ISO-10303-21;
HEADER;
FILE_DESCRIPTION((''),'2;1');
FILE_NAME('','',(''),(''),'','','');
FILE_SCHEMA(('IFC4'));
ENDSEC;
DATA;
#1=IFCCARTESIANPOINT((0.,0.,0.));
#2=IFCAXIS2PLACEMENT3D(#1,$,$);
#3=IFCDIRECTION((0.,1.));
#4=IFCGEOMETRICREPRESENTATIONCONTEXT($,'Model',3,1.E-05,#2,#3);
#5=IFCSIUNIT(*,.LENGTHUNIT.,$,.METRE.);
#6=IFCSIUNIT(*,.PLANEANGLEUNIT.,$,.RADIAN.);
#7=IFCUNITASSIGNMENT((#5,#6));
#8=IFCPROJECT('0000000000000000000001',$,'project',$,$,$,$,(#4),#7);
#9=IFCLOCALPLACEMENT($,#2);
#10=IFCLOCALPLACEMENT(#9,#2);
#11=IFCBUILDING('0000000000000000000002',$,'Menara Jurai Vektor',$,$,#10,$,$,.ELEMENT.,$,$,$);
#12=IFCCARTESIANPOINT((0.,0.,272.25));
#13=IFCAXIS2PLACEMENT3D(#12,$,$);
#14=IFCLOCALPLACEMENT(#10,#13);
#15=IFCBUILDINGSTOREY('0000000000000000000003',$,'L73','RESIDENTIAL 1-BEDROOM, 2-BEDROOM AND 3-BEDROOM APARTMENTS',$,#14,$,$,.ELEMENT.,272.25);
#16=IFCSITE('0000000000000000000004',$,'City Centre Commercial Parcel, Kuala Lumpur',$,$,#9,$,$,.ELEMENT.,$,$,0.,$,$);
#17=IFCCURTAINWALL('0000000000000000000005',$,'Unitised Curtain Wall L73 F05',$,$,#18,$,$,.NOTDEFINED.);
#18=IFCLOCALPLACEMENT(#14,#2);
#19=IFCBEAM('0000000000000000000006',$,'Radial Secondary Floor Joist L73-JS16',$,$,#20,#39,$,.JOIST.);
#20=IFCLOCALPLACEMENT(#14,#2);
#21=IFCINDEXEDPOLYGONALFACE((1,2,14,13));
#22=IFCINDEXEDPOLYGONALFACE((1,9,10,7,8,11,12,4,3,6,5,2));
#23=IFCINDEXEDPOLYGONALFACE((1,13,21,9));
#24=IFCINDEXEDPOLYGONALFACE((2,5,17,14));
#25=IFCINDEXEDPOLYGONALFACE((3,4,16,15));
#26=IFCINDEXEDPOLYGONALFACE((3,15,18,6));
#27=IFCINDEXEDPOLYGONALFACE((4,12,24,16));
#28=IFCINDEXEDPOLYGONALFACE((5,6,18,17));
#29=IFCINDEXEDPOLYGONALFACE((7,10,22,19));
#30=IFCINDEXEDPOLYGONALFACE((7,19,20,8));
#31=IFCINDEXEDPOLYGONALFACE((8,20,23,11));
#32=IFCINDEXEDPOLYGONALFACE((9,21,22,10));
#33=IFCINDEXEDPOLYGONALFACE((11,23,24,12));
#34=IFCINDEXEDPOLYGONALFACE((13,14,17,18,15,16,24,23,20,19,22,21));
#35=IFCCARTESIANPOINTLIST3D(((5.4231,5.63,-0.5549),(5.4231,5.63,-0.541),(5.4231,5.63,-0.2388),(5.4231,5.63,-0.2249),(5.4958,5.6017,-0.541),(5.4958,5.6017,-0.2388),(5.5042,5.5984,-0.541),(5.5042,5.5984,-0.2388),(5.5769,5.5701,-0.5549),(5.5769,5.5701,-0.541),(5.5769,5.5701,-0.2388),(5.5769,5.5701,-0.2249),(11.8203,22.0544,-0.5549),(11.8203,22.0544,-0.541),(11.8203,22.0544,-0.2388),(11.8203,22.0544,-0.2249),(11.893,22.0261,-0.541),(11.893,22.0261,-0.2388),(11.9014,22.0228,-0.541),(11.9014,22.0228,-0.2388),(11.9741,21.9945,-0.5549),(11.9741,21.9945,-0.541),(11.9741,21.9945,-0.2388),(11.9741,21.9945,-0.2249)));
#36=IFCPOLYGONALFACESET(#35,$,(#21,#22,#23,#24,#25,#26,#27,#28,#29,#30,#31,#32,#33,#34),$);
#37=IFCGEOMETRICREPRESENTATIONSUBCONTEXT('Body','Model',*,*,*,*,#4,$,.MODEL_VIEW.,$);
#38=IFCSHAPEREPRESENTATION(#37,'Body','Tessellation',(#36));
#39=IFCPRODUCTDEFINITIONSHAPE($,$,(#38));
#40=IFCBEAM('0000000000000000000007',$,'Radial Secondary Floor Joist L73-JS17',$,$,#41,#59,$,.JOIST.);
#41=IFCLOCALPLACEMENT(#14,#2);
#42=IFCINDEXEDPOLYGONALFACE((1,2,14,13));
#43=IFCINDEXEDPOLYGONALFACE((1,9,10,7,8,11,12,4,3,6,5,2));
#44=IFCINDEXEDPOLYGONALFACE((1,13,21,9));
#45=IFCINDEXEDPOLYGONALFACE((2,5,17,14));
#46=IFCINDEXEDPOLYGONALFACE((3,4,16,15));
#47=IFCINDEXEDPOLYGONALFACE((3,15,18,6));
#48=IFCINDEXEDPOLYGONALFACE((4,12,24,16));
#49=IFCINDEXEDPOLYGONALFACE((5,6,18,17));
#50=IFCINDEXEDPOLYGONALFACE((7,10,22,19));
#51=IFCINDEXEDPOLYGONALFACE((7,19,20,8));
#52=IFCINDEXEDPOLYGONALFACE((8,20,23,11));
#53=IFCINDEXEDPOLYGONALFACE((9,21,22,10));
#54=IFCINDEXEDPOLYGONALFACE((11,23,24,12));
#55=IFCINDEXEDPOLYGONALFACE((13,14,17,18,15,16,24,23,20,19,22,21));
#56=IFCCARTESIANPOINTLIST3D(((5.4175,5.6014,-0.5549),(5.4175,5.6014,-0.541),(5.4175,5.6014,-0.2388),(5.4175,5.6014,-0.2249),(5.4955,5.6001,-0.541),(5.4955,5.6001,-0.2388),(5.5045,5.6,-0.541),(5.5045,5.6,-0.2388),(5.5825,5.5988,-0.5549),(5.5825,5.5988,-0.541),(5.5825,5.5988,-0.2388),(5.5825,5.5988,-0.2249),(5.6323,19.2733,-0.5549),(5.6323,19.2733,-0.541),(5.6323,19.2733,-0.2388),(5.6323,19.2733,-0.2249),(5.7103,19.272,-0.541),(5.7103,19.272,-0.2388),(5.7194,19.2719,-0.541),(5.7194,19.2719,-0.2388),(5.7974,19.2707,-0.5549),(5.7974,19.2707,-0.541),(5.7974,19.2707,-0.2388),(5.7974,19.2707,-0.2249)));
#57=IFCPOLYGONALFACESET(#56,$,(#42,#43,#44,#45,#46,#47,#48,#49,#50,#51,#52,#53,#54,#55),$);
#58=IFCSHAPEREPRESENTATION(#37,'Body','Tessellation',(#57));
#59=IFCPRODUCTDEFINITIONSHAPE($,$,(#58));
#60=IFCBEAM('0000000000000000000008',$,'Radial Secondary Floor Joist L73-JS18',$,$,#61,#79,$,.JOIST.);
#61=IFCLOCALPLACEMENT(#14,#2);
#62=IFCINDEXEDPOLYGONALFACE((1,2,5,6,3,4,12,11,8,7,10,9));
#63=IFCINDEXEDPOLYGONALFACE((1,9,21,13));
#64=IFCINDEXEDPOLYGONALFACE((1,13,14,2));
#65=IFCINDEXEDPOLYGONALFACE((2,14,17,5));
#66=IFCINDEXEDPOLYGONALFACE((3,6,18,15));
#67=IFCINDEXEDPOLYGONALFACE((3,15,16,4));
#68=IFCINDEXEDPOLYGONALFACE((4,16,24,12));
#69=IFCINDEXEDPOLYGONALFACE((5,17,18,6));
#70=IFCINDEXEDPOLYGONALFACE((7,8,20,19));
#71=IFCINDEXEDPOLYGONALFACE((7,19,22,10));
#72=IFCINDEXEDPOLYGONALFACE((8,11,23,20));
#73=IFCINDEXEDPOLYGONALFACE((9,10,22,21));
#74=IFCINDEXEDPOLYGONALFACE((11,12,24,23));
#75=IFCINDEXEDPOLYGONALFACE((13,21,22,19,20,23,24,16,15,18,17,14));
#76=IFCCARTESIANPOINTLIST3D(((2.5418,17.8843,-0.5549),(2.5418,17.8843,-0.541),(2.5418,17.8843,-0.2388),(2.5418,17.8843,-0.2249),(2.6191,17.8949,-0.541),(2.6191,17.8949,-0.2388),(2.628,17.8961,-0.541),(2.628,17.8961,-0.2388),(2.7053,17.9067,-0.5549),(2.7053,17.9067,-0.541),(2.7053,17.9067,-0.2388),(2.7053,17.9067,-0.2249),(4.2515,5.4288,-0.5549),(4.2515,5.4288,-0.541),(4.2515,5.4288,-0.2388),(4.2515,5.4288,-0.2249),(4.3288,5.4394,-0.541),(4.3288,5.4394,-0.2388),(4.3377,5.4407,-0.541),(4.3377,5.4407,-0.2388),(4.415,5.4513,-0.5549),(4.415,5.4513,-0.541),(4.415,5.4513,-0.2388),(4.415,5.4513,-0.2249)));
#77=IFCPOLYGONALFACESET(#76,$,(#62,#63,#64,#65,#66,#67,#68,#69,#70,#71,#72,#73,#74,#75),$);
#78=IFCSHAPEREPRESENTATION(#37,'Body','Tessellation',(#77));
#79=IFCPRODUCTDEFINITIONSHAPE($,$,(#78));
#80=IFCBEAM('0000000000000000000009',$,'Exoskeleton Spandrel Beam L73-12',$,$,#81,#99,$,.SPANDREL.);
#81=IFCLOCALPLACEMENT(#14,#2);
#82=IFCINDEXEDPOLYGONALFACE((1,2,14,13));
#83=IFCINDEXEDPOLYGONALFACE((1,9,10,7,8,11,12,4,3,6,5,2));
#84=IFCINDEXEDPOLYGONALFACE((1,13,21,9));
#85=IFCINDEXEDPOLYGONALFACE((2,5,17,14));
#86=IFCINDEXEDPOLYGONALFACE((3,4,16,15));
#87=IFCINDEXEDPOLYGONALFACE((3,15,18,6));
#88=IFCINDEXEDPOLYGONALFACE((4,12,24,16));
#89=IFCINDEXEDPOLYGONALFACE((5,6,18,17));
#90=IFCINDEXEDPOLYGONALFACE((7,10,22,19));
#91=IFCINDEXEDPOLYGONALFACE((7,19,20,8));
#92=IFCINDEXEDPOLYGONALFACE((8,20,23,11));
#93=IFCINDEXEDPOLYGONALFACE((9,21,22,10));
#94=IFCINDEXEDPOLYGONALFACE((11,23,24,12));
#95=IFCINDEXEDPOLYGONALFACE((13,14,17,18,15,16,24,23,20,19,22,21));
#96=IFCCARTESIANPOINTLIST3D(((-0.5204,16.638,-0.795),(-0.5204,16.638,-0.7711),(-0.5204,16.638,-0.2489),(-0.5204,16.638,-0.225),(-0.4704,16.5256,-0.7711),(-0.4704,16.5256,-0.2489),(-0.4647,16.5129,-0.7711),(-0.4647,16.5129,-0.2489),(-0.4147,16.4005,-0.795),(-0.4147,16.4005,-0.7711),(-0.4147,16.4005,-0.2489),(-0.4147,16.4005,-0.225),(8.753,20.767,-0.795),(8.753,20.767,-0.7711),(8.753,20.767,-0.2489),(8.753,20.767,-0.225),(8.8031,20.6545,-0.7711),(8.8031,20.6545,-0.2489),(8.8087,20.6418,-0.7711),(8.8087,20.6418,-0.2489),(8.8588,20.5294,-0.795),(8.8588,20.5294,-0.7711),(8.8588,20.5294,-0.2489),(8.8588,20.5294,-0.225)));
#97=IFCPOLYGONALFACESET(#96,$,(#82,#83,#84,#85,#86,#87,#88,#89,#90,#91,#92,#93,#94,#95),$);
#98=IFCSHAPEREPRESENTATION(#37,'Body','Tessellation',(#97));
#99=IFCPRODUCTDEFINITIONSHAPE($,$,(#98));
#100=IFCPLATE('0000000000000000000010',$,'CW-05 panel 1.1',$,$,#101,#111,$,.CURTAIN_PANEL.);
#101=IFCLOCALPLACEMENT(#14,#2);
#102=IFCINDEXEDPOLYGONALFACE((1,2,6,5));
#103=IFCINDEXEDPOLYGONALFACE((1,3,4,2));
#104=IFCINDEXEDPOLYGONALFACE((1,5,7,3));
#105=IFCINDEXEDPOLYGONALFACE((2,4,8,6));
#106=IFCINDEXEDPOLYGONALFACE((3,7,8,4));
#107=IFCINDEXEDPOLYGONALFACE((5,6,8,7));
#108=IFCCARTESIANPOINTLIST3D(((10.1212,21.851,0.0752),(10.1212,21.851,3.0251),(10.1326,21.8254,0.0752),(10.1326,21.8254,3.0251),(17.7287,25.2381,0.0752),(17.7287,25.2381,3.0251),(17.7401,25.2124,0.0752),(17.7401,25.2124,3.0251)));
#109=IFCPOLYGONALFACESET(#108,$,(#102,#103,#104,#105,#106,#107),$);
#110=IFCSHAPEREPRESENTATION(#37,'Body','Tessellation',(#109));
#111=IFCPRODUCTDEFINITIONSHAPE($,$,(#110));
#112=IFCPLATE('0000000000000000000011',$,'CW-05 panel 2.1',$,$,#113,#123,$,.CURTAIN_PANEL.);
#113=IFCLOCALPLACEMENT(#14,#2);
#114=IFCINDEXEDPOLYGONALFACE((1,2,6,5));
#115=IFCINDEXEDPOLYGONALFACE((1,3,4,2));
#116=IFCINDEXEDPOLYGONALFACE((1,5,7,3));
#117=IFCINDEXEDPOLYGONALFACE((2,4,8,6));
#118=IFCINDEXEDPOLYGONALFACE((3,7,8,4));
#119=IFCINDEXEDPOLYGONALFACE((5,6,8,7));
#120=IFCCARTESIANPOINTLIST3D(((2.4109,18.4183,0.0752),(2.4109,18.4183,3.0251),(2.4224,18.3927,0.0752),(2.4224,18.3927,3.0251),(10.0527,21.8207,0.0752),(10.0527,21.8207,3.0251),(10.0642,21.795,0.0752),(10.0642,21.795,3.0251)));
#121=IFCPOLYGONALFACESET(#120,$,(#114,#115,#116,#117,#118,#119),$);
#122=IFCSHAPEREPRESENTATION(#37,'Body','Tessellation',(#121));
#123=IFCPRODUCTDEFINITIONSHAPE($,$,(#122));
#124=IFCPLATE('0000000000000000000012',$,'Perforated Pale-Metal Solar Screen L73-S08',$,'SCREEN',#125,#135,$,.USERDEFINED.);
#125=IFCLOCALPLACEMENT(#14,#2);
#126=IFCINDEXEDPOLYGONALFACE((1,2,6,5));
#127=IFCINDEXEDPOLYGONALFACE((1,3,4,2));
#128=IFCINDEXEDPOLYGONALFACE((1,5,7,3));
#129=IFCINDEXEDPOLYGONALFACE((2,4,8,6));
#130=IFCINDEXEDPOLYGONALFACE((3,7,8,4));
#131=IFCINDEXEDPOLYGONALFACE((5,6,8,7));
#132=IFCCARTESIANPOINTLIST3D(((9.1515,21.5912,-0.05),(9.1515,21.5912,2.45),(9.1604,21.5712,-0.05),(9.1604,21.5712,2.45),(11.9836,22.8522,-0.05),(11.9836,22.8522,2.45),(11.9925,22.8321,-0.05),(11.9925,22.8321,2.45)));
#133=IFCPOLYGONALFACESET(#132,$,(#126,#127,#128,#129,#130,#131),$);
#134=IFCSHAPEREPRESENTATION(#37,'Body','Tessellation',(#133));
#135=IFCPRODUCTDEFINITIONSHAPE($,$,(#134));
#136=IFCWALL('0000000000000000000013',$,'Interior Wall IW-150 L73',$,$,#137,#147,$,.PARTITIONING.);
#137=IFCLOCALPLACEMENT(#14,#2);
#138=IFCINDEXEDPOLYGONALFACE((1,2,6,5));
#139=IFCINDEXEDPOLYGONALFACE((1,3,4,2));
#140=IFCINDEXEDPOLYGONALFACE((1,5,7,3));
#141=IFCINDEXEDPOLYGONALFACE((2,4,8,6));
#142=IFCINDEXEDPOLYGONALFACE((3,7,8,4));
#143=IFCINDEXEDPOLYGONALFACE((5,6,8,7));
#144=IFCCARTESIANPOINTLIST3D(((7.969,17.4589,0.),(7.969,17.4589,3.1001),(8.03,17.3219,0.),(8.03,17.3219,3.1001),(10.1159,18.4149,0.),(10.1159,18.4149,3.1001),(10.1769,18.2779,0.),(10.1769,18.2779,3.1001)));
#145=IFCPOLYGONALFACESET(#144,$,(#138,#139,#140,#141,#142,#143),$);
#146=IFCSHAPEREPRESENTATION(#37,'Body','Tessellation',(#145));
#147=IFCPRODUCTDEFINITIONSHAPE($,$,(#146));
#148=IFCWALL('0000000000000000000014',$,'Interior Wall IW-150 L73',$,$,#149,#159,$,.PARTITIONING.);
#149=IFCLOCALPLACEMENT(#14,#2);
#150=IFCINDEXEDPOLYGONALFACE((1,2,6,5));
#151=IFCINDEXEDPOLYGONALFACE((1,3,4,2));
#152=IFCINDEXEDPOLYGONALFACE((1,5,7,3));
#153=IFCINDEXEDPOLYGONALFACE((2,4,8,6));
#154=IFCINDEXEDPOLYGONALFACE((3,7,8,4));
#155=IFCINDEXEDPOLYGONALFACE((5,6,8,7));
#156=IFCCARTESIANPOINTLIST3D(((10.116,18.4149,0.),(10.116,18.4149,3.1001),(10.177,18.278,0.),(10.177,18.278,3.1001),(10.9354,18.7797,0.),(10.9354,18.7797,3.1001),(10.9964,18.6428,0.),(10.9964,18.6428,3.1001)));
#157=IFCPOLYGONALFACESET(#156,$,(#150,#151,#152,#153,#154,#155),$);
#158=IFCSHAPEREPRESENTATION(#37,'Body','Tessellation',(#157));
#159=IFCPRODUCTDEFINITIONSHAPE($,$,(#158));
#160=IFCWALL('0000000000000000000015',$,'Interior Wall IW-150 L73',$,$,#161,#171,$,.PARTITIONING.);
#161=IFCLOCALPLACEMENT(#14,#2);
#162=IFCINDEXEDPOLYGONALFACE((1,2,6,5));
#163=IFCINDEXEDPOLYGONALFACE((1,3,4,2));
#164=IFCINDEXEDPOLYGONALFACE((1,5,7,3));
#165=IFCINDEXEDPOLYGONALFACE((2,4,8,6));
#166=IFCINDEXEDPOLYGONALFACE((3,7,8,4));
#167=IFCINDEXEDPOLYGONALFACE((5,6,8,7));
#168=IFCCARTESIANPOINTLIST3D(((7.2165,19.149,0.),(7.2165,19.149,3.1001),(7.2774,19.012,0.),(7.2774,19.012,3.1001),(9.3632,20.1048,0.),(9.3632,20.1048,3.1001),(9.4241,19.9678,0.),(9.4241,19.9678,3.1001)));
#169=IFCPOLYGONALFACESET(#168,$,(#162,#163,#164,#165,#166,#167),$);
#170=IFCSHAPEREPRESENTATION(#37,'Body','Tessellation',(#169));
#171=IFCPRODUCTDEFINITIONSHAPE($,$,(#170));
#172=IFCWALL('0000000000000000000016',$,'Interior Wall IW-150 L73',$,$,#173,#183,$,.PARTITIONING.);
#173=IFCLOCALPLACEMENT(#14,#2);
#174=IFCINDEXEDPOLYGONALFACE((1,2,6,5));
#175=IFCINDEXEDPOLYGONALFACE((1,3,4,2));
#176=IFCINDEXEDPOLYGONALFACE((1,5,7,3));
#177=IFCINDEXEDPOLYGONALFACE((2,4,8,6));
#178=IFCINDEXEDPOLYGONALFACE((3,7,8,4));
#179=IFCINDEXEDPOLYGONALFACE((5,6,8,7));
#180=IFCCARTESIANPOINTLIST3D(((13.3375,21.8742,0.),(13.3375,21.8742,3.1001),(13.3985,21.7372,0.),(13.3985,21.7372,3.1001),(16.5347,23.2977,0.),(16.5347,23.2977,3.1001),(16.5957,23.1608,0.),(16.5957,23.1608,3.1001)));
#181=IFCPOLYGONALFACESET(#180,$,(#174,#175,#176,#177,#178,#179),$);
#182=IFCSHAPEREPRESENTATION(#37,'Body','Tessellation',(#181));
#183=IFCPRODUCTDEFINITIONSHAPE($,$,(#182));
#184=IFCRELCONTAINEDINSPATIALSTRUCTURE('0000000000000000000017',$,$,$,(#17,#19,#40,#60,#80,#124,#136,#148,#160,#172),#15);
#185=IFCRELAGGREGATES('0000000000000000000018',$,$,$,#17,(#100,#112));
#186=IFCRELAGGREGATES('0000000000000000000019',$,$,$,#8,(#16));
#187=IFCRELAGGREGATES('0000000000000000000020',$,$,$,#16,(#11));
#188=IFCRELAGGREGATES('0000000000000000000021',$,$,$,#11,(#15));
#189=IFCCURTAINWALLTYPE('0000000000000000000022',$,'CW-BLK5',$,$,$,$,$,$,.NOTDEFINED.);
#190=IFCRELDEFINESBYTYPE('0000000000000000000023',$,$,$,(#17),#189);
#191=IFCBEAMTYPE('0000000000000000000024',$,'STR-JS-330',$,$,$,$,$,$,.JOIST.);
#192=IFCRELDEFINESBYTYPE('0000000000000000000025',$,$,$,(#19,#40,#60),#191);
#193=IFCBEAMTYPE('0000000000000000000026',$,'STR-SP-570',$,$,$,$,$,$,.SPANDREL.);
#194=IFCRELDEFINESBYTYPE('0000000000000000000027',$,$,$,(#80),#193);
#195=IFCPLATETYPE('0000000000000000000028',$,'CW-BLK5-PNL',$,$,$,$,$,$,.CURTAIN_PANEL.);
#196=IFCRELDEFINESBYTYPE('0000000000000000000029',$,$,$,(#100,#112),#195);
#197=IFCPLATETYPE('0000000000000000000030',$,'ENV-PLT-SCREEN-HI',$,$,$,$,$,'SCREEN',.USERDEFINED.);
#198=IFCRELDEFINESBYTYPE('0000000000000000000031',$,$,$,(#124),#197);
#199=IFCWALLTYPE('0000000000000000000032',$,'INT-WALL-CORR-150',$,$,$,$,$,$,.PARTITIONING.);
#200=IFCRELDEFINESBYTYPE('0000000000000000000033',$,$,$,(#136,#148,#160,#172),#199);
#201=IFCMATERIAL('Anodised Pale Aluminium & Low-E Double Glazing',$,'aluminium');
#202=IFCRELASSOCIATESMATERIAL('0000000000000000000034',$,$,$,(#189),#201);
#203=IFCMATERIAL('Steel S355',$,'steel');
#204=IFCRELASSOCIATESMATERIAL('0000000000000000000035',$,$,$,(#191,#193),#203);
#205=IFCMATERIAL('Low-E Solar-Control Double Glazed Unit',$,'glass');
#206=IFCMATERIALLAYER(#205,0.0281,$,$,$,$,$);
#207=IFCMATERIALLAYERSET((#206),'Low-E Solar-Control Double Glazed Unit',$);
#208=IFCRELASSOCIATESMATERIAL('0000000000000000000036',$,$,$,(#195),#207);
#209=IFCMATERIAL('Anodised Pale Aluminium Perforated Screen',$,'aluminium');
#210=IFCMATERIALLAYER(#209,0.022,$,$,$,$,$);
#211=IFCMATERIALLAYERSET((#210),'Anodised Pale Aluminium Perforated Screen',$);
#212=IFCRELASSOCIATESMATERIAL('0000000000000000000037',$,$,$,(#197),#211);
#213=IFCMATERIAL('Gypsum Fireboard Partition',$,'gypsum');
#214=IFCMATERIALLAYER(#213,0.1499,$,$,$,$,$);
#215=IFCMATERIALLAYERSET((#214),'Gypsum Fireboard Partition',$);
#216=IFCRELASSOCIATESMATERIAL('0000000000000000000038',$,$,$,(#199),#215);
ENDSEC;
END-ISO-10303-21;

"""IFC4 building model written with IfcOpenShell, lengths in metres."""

from ifc_helpers import new_model, si_unit, direction, frame, frame_2d, origin, origin_2d, place, context, subcontext, project, spatial, rectangle, i_section, extrude, material, layer, layer_set, material_profile, profile_set, type_object, element, aggregate, save


model = new_model("IFC4")

# Units and contexts
model_context = context("Model", 3, precision=1e-05, world=origin(), true_north=direction((0.0, 1.0)))
body_context = subcontext(model_context, "Body", "Model", "MODEL_VIEW")
ifc_project = project(units=[si_unit("LENGTHUNIT", "METRE"), si_unit("PLANEANGLEUNIT", "RADIAN")], contexts=[model_context])

# Site, building, storey
site_placement = place(None, origin())
site = spatial("IfcSite", under=ifc_project, at=site_placement, Name="City Centre Commercial Parcel, Kuala Lumpur", CompositionType="ELEMENT", RefElevation=0.0)
building_placement = place(site_placement, origin())
building = spatial("IfcBuilding", under=site, at=building_placement, Name="Menara Jurai Vektor", CompositionType="ELEMENT")
storey_placement = place(building_placement, frame((0.0, 0.0, 272.25)))
storey = spatial("IfcBuildingStorey", under=building, at=storey_placement, Name="L73", Description="RESIDENTIAL 1-BEDROOM, 2-BEDROOM AND 3-BEDROOM APARTMENTS", CompositionType="ELEMENT", Elevation=272.25)

# Curtain wall
ifc_material_1 = material(Name="Anodised Pale Aluminium & Low-E Double Glazing", Category="aluminium")
curtain_wall_type = type_object("IfcCurtainWallType", Name="CW-BLK5", PredefinedType="NOTDEFINED", material=ifc_material_1)
curtain_wall_placement = place(storey_placement, origin())
curtain_wall = element("IfcCurtainWall", 1, at=curtain_wall_placement, inside=storey, type_object=curtain_wall_type, Name="Unitised Curtain Wall L73 F05", PredefinedType="NOTDEFINED")

# Beams
ifc_material_2 = material(Name="Steel S355", Category="steel")
ifc_material_profile_1 = material_profile(ifc_material_2, i_section(OverallWidth=0.165, OverallDepth=0.3301, WebThickness=0.009, FlangeThickness=0.0139, at=origin_2d()), Name="PG 330x165x46")
ifc_profile_set_1 = profile_set([ifc_material_profile_1], Name="Steel S355")
beam_type_1 = type_object("IfcBeamType", Name="STR-JS-330", PredefinedType="JOIST", material=ifc_profile_set_1)
beam_1_placement = place(storey_placement, frame((11.8972, 22.0244, -0.3899), z_axis=(-0.362938, -0.931813, 0.0), x_axis=(0.931813, -0.362938, 0.0)))
element("IfcBeam", 2, at=beam_1_placement, inside=storey, type_object=beam_type_1, Name="Radial Secondary Floor Joist L73-JS16", PredefinedType="JOIST", context=body_context, shape_type="SweptSolid", body=[
    extrude(i_section(OverallWidth=0.165, OverallDepth=0.3301, WebThickness=0.009, FlangeThickness=0.0139, at=origin_2d()), origin(), (0.0, 0.0, 1.0), 17.6262),
])
beam_2_placement = place(storey_placement, frame((5.7148, 19.272, -0.3899), z_axis=(-0.015712, -0.999877, 0.0), x_axis=(0.999877, -0.015712, 0.0)))
element("IfcBeam", 3, at=beam_2_placement, inside=storey, type_object=beam_type_1, Name="Radial Secondary Floor Joist L73-JS17", PredefinedType="JOIST", context=body_context, shape_type="SweptSolid", body=[
    extrude(i_section(OverallWidth=0.165, OverallDepth=0.3301, WebThickness=0.009, FlangeThickness=0.0139, at=origin_2d()), origin(), (0.0, 0.0, 1.0), 13.6736),
])
beam_3_placement = place(storey_placement, frame((2.6235, 17.8955, -0.3899), z_axis=(0.13599, -0.99071, 0.0), x_axis=(0.99071, 0.13599, 0.0)))
element("IfcBeam", 4, at=beam_3_placement, inside=storey, type_object=beam_type_1, Name="Radial Secondary Floor Joist L73-JS18", PredefinedType="JOIST", context=body_context, shape_type="SweptSolid", body=[
    extrude(i_section(OverallWidth=0.165, OverallDepth=0.3301, WebThickness=0.009, FlangeThickness=0.0139, at=origin_2d()), origin(), (0.0, 0.0, 1.0), 12.5723),
])
ifc_material_profile_2 = material_profile(ifc_material_2, i_section(OverallWidth=0.26, OverallDepth=0.5701, WebThickness=0.0139, FlangeThickness=0.0239, at=origin_2d()), Name="PG 570x260x145")
ifc_profile_set_2 = profile_set([ifc_material_profile_2], Name="Steel S355")
beam_type_2 = type_object("IfcBeamType", Name="STR-SP-570", PredefinedType="SPANDREL", material=ifc_profile_set_2)
beam_4_placement = place(storey_placement, frame((8.8059, 20.6482, -0.51), z_axis=(-0.913542, -0.406745, 0.0), x_axis=(0.406745, -0.913542, 0.0)))
element("IfcBeam", 5, at=beam_4_placement, inside=storey, type_object=beam_type_2, Name="Exoskeleton Spandrel Beam L73-12", PredefinedType="SPANDREL", context=body_context, shape_type="SweptSolid", body=[
    extrude(i_section(OverallWidth=0.26, OverallDepth=0.5701, WebThickness=0.0139, FlangeThickness=0.0239, at=origin_2d()), origin(), (0.0, 0.0, 1.0), 10.1511),
])

# Plates
ifc_material_3 = material(Name="Low-E Solar-Control Double Glazed Unit", Category="glass")
ifc_layer_1 = layer(ifc_material_3, 0.0281)
ifc_layer_set_1 = layer_set([ifc_layer_1], Name="Low-E Solar-Control Double Glazed Unit")
plate_type_1 = type_object("IfcPlateType", Name="CW-BLK5-PNL", PredefinedType="CURTAIN_PANEL", material=ifc_layer_set_1)
plate_1_placement = place(storey_placement, frame((13.9307, 23.5317, 0.0752), z_axis=(0.0, 0.0, 1.0), x_axis=(-0.913546, -0.406735, 0.0)))
plate_1 = element("IfcPlate", 6, at=plate_1_placement, type_object=plate_type_1, Name="CW-05 panel 1.1", PredefinedType="CURTAIN_PANEL", context=body_context, shape_type="SweptSolid", body=[
    extrude(rectangle(XDim=8.3274, YDim=0.0281, at=origin_2d()), origin(), (0.0, 0.0, 1.0), 2.95),
])
plate_2_placement = place(storey_placement, frame((6.2375, 20.1067, 0.0752), z_axis=(0.0, 0.0, 1.0), x_axis=(-0.913546, -0.406735, 0.0)))
plate_2 = element("IfcPlate", 7, at=plate_2_placement, type_object=plate_type_1, Name="CW-05 panel 2.1", PredefinedType="CURTAIN_PANEL", context=body_context, shape_type="SweptSolid", body=[
    extrude(rectangle(XDim=8.365, YDim=0.0281, at=origin_2d()), origin(), (0.0, 0.0, 1.0), 2.95),
])
aggregate(curtain_wall, [plate_1, plate_2])
ifc_material_4 = material(Name="Anodised Pale Aluminium Perforated Screen", Category="aluminium")
ifc_layer_2 = layer(ifc_material_4, 0.022)
ifc_layer_set_2 = layer_set([ifc_layer_2], Name="Anodised Pale Aluminium Perforated Screen")
plate_type_2 = type_object("IfcPlateType", Name="ENV-PLT-SCREEN-HI", ElementType="SCREEN", PredefinedType="USERDEFINED", material=ifc_layer_set_2)
plate_3_placement = place(storey_placement, frame((10.572, 22.2117, -0.05), z_axis=(0.0, 0.0, 1.0), x_axis=(-0.913545, -0.406737, 0.0)))
element("IfcPlate", 8, at=plate_3_placement, inside=storey, type_object=plate_type_2, Name="Perforated Pale-Metal Solar Screen L73-S08", ObjectType="SCREEN", PredefinedType="USERDEFINED", context=body_context, shape_type="SweptSolid", body=[
    extrude(rectangle(XDim=3.1001, YDim=0.022, at=origin_2d()), origin(), (0.0, 0.0, 1.0), 2.5),
])

# Walls
ifc_material_5 = material(Name="Gypsum Fireboard Partition", Category="gypsum")
ifc_layer_3 = layer(ifc_material_5, 0.1499)
ifc_layer_set_3 = layer_set([ifc_layer_3], Name="Gypsum Fireboard Partition")
wall_type_1 = type_object("IfcWallType", Name="INT-WALL-CORR-150", PredefinedType="PARTITIONING", material=ifc_layer_set_3)
wall_1_placement = place(storey_placement, frame((7.9995, 17.3904, 0.0), z_axis=(0.0, 0.0, 1.0), x_axis=(0.91352, 0.406794, 0.0)))
element("IfcWall", 9, at=wall_1_placement, inside=storey, type_object=wall_type_1, Name="Interior Wall IW-150 L73", PredefinedType="PARTITIONING", context=body_context, shape_type="SweptSolid", body=[
    extrude(rectangle(XDim=2.3501, YDim=0.1499, at=frame_2d((1.175, 0.0))), origin(), (0.0, 0.0, 1.0), 3.1001),
])
wall_2_placement = place(storey_placement, frame((10.1465, 18.3464, 0.0), z_axis=(0.0, 0.0, 1.0), x_axis=(0.913564, 0.406694, 0.0)))
element("IfcWall", 10, at=wall_2_placement, inside=storey, type_object=wall_type_1, Name="Interior Wall IW-150 L73", PredefinedType="PARTITIONING", context=body_context, shape_type="SweptSolid", body=[
    extrude(rectangle(XDim=0.897, YDim=0.1499, at=frame_2d((0.4485, 0.0))), origin(), (0.0, 0.0, 1.0), 3.1001),
])

# Wall
wall_3_placement = place(storey_placement, frame((7.2471, 19.0806, 0.0), z_axis=(0.0, 0.0, 1.0), x_axis=(0.913541, 0.406746, 0.0)))
element("IfcWall", 11, at=wall_3_placement, inside=storey, type_object=wall_type_1, Name="Interior Wall IW-150 L73", PredefinedType="PARTITIONING", context=body_context, shape_type="SweptSolid", body=[
    extrude(rectangle(XDim=2.3499, YDim=0.1499, at=frame_2d((1.1748, 0.0))), origin(), (0.0, 0.0, 1.0), 3.1001),
])

# Wall
wall_4_placement = place(storey_placement, frame((13.3679, 21.8057, 0.0), z_axis=(0.0, 0.0, 1.0), x_axis=(0.913538, 0.406753, 0.0)))
element("IfcWall", 12, at=wall_4_placement, inside=storey, type_object=wall_type_1, Name="Interior Wall IW-150 L73", PredefinedType="PARTITIONING", context=body_context, shape_type="SweptSolid", body=[
    extrude(rectangle(XDim=3.4998, YDim=0.1499, at=frame_2d((1.75, 0.0))), origin(), (0.0, 0.0, 1.0), 3.1001),
])

save(model, "model.ifc")
